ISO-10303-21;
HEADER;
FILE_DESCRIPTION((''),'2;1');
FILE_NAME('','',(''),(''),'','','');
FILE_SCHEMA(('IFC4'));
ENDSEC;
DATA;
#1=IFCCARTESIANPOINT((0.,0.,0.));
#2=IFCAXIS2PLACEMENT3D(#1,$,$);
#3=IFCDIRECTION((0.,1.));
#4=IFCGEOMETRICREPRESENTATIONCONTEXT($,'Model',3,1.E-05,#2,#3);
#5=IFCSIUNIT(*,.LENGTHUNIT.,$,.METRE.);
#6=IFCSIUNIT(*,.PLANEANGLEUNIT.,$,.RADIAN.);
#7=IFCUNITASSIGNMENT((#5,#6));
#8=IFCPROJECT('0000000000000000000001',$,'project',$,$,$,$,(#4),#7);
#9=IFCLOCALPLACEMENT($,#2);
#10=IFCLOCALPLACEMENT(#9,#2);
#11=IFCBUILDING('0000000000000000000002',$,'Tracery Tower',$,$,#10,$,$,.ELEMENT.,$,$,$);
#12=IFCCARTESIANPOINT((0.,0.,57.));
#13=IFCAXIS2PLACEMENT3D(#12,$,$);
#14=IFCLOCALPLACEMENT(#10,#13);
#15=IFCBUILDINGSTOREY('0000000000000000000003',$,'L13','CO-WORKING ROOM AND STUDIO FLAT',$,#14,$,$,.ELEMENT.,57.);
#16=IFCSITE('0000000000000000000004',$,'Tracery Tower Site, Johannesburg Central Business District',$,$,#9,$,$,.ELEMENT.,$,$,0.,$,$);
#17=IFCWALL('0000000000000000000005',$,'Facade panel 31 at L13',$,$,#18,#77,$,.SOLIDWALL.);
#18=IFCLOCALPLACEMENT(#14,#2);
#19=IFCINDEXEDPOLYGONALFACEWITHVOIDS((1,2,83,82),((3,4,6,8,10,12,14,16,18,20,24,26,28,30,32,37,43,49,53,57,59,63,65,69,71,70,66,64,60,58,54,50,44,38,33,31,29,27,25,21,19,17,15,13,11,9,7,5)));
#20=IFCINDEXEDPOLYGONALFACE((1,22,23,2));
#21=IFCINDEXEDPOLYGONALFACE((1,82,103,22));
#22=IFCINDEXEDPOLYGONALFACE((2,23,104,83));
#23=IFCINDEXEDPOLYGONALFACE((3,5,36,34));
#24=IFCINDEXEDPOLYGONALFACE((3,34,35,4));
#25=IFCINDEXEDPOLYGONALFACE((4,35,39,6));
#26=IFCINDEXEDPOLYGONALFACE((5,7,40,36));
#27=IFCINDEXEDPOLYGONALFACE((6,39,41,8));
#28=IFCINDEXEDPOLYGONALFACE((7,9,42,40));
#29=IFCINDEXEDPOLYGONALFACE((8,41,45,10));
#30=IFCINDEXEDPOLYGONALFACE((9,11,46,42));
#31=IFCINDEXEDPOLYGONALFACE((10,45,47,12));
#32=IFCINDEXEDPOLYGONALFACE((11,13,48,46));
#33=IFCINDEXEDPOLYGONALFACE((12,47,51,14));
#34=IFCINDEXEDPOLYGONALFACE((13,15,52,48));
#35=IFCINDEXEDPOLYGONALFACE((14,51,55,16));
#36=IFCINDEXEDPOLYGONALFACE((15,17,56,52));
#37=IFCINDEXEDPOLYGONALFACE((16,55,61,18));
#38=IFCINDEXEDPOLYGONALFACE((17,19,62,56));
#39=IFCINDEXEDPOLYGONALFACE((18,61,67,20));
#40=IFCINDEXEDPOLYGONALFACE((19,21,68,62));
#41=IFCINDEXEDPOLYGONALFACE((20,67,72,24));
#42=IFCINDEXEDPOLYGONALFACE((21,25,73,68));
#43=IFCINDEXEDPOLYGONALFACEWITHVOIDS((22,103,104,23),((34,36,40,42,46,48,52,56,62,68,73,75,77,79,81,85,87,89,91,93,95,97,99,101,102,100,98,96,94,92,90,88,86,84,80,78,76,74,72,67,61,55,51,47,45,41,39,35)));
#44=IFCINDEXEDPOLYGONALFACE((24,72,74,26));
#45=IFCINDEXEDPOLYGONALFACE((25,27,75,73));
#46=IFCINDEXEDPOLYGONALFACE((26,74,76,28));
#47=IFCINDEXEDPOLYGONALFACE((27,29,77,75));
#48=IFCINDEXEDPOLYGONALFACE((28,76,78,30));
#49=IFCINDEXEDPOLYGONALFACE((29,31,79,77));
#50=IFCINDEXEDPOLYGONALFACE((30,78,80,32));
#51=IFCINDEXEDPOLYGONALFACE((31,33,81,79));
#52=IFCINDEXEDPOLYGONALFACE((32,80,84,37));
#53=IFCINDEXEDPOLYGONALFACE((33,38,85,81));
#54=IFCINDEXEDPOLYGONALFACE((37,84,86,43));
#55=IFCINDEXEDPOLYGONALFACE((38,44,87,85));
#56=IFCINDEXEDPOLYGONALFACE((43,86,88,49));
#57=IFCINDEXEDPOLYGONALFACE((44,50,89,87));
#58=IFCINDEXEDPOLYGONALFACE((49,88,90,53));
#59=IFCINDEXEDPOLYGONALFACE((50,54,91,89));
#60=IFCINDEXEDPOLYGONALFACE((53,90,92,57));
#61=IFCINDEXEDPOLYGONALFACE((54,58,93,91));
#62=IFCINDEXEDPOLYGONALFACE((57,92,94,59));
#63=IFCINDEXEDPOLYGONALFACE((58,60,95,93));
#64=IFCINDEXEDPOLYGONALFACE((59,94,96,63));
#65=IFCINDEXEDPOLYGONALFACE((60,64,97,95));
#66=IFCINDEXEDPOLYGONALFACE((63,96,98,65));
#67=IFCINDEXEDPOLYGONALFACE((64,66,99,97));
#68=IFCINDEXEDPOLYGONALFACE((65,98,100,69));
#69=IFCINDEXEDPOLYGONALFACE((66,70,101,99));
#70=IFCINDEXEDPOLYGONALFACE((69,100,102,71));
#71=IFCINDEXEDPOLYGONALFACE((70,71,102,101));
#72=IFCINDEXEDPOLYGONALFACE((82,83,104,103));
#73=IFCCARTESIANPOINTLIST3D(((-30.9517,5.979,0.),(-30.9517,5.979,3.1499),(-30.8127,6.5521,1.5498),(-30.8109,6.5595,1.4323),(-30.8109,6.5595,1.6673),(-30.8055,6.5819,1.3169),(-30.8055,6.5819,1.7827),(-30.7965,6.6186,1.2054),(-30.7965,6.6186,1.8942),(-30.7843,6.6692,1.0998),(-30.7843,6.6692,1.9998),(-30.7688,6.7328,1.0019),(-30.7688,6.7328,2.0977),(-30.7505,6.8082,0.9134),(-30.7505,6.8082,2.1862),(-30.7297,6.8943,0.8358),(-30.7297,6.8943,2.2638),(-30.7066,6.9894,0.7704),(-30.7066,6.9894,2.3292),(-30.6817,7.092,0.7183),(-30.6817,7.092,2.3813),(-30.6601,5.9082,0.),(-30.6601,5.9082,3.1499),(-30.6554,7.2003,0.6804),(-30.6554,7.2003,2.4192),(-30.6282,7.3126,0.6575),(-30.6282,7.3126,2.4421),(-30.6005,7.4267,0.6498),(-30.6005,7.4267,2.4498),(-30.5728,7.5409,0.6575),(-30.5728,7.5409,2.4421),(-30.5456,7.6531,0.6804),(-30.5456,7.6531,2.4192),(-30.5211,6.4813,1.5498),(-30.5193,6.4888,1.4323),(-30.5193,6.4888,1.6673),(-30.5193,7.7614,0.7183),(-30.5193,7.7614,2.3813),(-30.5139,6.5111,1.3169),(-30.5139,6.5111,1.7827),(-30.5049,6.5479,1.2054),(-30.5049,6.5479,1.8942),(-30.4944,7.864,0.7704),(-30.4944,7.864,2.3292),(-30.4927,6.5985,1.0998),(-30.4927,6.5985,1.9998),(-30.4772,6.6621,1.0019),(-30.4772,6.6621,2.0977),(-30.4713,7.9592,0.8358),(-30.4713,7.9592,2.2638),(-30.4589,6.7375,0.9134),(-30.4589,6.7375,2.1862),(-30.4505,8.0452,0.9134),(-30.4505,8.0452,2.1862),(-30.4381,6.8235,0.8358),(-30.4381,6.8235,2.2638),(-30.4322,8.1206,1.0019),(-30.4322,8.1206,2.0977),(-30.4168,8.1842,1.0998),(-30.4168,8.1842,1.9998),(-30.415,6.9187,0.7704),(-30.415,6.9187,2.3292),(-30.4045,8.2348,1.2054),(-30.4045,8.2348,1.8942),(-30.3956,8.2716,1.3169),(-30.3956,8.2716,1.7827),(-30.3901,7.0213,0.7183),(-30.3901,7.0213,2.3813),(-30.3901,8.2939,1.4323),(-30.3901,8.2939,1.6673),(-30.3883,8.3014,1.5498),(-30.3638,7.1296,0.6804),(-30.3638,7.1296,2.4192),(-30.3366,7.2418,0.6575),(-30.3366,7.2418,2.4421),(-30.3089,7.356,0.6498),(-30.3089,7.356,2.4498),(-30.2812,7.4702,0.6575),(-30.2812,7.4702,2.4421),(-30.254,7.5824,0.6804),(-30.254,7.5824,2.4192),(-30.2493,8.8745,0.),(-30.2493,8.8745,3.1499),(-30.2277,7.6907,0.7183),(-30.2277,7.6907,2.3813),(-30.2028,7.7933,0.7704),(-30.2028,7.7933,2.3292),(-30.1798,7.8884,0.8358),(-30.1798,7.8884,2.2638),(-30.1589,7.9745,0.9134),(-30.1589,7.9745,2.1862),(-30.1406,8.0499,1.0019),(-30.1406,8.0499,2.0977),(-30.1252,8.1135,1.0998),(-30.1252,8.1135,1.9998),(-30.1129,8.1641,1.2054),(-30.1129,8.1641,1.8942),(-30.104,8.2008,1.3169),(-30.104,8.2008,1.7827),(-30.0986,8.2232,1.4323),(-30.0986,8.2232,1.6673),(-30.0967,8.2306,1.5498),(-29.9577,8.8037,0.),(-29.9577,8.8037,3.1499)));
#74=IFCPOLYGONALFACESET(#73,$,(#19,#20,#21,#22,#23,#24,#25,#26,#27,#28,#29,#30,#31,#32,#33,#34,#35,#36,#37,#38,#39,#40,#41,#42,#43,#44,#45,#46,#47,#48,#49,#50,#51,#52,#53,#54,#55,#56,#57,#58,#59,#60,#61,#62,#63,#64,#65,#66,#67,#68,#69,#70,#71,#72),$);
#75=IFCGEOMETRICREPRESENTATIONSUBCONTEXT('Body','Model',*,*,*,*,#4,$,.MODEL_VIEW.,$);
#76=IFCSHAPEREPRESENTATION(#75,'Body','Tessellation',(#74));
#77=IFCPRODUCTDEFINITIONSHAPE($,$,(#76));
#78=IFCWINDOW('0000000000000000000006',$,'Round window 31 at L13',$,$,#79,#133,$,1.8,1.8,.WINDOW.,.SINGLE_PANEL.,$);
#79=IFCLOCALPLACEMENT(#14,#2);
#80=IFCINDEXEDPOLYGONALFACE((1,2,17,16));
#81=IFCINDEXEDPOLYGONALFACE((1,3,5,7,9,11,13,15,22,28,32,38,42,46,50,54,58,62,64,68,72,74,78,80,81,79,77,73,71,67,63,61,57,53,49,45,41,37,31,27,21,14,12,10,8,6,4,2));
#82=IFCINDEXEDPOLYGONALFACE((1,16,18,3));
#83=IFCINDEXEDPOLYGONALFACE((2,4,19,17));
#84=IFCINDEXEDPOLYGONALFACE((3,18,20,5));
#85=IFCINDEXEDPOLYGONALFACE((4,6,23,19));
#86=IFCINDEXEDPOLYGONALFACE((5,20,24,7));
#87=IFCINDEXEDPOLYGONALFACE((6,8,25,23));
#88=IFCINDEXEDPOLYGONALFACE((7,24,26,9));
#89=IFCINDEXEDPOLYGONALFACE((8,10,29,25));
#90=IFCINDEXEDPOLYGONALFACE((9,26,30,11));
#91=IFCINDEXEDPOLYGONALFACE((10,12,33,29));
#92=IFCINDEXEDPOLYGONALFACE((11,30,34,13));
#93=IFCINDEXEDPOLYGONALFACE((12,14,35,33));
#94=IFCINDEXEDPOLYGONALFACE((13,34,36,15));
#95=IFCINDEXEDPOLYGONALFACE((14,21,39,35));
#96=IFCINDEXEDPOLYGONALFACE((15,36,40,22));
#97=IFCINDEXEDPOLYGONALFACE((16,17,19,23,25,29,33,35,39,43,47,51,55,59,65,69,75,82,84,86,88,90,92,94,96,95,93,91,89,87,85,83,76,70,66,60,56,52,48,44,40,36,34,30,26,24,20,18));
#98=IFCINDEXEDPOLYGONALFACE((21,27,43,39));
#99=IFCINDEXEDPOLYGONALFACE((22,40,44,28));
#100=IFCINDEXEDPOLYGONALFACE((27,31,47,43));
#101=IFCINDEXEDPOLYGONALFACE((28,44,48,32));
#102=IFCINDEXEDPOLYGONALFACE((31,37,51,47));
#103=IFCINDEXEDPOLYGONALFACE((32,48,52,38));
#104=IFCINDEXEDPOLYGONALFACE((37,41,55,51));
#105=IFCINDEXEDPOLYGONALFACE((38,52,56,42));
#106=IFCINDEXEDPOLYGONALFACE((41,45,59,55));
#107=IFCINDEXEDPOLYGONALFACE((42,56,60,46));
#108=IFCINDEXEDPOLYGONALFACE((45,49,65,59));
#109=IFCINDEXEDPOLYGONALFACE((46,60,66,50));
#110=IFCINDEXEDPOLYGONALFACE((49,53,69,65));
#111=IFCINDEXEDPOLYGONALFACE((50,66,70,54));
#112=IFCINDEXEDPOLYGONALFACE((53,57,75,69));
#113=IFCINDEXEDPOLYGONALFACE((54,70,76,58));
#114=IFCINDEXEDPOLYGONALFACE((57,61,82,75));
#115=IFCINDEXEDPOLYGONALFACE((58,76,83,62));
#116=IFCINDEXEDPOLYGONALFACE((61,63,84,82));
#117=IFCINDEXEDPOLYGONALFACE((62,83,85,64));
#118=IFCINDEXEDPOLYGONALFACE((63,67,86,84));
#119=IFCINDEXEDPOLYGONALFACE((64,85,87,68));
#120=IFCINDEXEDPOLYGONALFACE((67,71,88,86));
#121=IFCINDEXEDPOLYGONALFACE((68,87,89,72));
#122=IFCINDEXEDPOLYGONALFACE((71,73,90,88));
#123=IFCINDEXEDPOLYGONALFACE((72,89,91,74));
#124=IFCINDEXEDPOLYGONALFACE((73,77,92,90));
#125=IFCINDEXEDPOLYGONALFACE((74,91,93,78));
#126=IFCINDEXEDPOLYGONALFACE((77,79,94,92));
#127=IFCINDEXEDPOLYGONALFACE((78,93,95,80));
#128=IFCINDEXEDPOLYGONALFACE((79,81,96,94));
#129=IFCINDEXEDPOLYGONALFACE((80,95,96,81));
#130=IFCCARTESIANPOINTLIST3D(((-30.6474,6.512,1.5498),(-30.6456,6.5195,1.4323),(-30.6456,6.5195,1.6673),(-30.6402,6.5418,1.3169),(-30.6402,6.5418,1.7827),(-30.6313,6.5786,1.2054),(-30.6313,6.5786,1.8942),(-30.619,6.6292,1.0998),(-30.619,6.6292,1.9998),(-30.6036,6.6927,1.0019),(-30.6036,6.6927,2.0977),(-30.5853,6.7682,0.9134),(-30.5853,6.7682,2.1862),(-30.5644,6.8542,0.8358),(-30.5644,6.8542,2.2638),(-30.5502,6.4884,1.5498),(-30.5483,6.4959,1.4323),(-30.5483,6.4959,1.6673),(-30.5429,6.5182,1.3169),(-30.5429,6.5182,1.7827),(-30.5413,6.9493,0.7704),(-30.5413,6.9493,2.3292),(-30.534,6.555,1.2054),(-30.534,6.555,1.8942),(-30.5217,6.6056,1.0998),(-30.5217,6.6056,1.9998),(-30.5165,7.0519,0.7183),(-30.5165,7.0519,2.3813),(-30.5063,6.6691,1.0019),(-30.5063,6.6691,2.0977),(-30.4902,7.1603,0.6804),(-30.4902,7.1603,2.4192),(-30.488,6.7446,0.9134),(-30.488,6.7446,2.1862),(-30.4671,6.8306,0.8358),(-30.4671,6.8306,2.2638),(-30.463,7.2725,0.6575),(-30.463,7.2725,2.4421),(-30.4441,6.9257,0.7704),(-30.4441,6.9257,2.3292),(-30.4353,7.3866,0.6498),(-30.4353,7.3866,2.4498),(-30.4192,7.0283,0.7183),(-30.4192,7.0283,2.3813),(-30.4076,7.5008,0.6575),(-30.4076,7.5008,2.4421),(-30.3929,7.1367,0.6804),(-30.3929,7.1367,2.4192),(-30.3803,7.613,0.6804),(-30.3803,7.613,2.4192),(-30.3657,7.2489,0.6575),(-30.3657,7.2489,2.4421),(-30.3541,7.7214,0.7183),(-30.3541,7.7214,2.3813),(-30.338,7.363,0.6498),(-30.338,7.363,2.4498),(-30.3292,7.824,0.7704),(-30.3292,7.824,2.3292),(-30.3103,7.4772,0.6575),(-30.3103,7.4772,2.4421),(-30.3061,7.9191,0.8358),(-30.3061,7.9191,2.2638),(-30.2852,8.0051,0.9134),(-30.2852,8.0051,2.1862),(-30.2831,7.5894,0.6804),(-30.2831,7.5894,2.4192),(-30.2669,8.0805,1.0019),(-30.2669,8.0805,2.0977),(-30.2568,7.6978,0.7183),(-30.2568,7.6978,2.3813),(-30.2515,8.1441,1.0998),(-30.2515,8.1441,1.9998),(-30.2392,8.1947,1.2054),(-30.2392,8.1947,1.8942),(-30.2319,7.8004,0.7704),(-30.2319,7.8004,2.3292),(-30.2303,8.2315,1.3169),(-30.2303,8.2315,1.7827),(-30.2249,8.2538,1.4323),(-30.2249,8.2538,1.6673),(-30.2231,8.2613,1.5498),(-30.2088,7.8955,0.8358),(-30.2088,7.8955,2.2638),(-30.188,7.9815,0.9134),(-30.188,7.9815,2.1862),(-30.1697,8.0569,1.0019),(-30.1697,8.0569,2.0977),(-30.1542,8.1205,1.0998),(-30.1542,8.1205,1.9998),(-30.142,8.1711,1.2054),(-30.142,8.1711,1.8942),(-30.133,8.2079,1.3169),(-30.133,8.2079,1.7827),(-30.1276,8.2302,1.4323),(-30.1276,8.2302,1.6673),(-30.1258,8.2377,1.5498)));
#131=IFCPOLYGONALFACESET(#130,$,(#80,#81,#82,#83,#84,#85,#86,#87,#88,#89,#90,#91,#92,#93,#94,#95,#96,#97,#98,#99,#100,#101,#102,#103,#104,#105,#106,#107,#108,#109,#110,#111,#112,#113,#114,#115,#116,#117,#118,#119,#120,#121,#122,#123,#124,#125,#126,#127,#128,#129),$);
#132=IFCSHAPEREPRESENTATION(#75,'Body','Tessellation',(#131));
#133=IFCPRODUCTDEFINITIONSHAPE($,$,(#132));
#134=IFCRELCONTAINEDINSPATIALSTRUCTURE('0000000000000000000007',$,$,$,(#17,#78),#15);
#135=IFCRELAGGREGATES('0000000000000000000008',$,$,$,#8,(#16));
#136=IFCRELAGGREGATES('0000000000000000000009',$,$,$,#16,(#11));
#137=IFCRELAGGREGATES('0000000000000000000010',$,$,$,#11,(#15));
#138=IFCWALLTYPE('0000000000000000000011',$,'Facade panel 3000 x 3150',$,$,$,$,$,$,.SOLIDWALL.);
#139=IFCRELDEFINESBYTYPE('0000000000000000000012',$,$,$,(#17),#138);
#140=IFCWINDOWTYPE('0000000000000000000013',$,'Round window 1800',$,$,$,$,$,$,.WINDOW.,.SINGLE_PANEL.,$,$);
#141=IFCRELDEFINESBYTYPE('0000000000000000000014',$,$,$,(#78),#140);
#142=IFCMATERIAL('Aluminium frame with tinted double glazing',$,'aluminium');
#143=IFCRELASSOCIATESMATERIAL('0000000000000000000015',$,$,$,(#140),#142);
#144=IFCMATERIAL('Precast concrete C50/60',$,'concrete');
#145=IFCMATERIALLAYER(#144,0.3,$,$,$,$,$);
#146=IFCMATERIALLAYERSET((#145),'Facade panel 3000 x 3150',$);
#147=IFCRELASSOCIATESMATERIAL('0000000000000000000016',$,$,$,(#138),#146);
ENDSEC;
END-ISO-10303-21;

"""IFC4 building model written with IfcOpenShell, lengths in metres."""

from ifc_helpers import new_model, si_unit, direction, frame, frame_2d, origin, origin_2d, place, context, subcontext, project, spatial, rectangle, circle, extrude, material, layer, layer_set, type_object, element, fill, save


model = new_model("IFC4")

# Units and contexts
model_context = context("Model", 3, precision=1e-05, world=origin(), true_north=direction((0.0, 1.0)))
body_context = subcontext(model_context, "Body", "Model", "MODEL_VIEW")
ifc_project = project(units=[si_unit("LENGTHUNIT", "METRE"), si_unit("PLANEANGLEUNIT", "RADIAN")], contexts=[model_context])

# Site, building, storey
site_placement = place(None, origin())
site = spatial("IfcSite", under=ifc_project, at=site_placement, Name="Tracery Tower Site, Johannesburg Central Business District", CompositionType="ELEMENT", RefElevation=0.0)
building_placement = place(site_placement, origin())
building = spatial("IfcBuilding", under=site, at=building_placement, Name="Tracery Tower", CompositionType="ELEMENT")
storey_placement = place(building_placement, frame((0.0, 0.0, 57.0)))
storey = spatial("IfcBuildingStorey", under=building, at=storey_placement, Name="L13", Description="CO-WORKING ROOM AND STUDIO FLAT", CompositionType="ELEMENT", Elevation=57.0)

# Wall, opening, window
ifc_material_1 = material(Name="Aluminium frame with tinted double glazing", Category="aluminium")
window_type = type_object("IfcWindowType", Name="Round window 1800", PartitioningType="SINGLE_PANEL", PredefinedType="WINDOW", material=ifc_material_1)
ifc_material_2 = material(Name="Precast concrete C50/60", Category="concrete")
ifc_layer_1 = layer(ifc_material_2, 0.3)
ifc_layer_set_1 = layer_set([ifc_layer_1], Name="Facade panel 3000 x 3150")
wall_type_1 = type_object("IfcWallType", Name="Facade panel 3000 x 3150", PredefinedType="SOLIDWALL", material=ifc_layer_set_1)
wall_1_placement = place(storey_placement, frame((-30.1035, 8.8391, 0.0), z_axis=(0.0, 0.0, 1.0), x_axis=(-0.235743, -0.971815, 0.0)))
wall_1 = element("IfcWall", 1, at=wall_1_placement, inside=storey, type_object=wall_type_1, Name="Facade panel 31 at L13", PredefinedType="SOLIDWALL", context=body_context, shape_type="SweptSolid", body=[
    extrude(rectangle(XDim=2.9795, YDim=0.3, at=frame_2d((1.4897, 0.0))), origin(), (0.0, 0.0, 1.0), 3.1499),
])
opening_1_placement = place(wall_1_placement, frame((1.4897, 0.0, 1.5498)))
opening_1 = element("IfcOpeningElement", 2, at=opening_1_placement, cuts=wall_1, PredefinedType="OPENING", context=body_context, shape_type="SweptSolid", body=[
    extrude(circle(Radius=0.9, at=origin_2d()), frame((0.0, 0.1599, 0.0), z_axis=(0.0, -1.0, 0.0), x_axis=(1.0, 0.0, 0.0)), (0.0, 0.0, 1.0), 0.3201),
])
window_1_placement = place(opening_1_placement, origin())
window_1 = element("IfcWindow", 3, at=window_1_placement, inside=storey, type_object=window_type, Name="Round window 31 at L13", OverallHeight=1.8, OverallWidth=1.8, PartitioningType="SINGLE_PANEL", PredefinedType="WINDOW", context=body_context, shape_type="SweptSolid", body=[
    extrude(circle(Radius=0.9, at=origin_2d()), frame((0.0, 0.1201, 0.0), z_axis=(0.0, -1.0, 0.0), x_axis=(1.0, 0.0, 0.0)), (0.0, 0.0, 1.0), 0.1001),
])
fill(opening_1, window_1)

save(model, "model.ifc")
